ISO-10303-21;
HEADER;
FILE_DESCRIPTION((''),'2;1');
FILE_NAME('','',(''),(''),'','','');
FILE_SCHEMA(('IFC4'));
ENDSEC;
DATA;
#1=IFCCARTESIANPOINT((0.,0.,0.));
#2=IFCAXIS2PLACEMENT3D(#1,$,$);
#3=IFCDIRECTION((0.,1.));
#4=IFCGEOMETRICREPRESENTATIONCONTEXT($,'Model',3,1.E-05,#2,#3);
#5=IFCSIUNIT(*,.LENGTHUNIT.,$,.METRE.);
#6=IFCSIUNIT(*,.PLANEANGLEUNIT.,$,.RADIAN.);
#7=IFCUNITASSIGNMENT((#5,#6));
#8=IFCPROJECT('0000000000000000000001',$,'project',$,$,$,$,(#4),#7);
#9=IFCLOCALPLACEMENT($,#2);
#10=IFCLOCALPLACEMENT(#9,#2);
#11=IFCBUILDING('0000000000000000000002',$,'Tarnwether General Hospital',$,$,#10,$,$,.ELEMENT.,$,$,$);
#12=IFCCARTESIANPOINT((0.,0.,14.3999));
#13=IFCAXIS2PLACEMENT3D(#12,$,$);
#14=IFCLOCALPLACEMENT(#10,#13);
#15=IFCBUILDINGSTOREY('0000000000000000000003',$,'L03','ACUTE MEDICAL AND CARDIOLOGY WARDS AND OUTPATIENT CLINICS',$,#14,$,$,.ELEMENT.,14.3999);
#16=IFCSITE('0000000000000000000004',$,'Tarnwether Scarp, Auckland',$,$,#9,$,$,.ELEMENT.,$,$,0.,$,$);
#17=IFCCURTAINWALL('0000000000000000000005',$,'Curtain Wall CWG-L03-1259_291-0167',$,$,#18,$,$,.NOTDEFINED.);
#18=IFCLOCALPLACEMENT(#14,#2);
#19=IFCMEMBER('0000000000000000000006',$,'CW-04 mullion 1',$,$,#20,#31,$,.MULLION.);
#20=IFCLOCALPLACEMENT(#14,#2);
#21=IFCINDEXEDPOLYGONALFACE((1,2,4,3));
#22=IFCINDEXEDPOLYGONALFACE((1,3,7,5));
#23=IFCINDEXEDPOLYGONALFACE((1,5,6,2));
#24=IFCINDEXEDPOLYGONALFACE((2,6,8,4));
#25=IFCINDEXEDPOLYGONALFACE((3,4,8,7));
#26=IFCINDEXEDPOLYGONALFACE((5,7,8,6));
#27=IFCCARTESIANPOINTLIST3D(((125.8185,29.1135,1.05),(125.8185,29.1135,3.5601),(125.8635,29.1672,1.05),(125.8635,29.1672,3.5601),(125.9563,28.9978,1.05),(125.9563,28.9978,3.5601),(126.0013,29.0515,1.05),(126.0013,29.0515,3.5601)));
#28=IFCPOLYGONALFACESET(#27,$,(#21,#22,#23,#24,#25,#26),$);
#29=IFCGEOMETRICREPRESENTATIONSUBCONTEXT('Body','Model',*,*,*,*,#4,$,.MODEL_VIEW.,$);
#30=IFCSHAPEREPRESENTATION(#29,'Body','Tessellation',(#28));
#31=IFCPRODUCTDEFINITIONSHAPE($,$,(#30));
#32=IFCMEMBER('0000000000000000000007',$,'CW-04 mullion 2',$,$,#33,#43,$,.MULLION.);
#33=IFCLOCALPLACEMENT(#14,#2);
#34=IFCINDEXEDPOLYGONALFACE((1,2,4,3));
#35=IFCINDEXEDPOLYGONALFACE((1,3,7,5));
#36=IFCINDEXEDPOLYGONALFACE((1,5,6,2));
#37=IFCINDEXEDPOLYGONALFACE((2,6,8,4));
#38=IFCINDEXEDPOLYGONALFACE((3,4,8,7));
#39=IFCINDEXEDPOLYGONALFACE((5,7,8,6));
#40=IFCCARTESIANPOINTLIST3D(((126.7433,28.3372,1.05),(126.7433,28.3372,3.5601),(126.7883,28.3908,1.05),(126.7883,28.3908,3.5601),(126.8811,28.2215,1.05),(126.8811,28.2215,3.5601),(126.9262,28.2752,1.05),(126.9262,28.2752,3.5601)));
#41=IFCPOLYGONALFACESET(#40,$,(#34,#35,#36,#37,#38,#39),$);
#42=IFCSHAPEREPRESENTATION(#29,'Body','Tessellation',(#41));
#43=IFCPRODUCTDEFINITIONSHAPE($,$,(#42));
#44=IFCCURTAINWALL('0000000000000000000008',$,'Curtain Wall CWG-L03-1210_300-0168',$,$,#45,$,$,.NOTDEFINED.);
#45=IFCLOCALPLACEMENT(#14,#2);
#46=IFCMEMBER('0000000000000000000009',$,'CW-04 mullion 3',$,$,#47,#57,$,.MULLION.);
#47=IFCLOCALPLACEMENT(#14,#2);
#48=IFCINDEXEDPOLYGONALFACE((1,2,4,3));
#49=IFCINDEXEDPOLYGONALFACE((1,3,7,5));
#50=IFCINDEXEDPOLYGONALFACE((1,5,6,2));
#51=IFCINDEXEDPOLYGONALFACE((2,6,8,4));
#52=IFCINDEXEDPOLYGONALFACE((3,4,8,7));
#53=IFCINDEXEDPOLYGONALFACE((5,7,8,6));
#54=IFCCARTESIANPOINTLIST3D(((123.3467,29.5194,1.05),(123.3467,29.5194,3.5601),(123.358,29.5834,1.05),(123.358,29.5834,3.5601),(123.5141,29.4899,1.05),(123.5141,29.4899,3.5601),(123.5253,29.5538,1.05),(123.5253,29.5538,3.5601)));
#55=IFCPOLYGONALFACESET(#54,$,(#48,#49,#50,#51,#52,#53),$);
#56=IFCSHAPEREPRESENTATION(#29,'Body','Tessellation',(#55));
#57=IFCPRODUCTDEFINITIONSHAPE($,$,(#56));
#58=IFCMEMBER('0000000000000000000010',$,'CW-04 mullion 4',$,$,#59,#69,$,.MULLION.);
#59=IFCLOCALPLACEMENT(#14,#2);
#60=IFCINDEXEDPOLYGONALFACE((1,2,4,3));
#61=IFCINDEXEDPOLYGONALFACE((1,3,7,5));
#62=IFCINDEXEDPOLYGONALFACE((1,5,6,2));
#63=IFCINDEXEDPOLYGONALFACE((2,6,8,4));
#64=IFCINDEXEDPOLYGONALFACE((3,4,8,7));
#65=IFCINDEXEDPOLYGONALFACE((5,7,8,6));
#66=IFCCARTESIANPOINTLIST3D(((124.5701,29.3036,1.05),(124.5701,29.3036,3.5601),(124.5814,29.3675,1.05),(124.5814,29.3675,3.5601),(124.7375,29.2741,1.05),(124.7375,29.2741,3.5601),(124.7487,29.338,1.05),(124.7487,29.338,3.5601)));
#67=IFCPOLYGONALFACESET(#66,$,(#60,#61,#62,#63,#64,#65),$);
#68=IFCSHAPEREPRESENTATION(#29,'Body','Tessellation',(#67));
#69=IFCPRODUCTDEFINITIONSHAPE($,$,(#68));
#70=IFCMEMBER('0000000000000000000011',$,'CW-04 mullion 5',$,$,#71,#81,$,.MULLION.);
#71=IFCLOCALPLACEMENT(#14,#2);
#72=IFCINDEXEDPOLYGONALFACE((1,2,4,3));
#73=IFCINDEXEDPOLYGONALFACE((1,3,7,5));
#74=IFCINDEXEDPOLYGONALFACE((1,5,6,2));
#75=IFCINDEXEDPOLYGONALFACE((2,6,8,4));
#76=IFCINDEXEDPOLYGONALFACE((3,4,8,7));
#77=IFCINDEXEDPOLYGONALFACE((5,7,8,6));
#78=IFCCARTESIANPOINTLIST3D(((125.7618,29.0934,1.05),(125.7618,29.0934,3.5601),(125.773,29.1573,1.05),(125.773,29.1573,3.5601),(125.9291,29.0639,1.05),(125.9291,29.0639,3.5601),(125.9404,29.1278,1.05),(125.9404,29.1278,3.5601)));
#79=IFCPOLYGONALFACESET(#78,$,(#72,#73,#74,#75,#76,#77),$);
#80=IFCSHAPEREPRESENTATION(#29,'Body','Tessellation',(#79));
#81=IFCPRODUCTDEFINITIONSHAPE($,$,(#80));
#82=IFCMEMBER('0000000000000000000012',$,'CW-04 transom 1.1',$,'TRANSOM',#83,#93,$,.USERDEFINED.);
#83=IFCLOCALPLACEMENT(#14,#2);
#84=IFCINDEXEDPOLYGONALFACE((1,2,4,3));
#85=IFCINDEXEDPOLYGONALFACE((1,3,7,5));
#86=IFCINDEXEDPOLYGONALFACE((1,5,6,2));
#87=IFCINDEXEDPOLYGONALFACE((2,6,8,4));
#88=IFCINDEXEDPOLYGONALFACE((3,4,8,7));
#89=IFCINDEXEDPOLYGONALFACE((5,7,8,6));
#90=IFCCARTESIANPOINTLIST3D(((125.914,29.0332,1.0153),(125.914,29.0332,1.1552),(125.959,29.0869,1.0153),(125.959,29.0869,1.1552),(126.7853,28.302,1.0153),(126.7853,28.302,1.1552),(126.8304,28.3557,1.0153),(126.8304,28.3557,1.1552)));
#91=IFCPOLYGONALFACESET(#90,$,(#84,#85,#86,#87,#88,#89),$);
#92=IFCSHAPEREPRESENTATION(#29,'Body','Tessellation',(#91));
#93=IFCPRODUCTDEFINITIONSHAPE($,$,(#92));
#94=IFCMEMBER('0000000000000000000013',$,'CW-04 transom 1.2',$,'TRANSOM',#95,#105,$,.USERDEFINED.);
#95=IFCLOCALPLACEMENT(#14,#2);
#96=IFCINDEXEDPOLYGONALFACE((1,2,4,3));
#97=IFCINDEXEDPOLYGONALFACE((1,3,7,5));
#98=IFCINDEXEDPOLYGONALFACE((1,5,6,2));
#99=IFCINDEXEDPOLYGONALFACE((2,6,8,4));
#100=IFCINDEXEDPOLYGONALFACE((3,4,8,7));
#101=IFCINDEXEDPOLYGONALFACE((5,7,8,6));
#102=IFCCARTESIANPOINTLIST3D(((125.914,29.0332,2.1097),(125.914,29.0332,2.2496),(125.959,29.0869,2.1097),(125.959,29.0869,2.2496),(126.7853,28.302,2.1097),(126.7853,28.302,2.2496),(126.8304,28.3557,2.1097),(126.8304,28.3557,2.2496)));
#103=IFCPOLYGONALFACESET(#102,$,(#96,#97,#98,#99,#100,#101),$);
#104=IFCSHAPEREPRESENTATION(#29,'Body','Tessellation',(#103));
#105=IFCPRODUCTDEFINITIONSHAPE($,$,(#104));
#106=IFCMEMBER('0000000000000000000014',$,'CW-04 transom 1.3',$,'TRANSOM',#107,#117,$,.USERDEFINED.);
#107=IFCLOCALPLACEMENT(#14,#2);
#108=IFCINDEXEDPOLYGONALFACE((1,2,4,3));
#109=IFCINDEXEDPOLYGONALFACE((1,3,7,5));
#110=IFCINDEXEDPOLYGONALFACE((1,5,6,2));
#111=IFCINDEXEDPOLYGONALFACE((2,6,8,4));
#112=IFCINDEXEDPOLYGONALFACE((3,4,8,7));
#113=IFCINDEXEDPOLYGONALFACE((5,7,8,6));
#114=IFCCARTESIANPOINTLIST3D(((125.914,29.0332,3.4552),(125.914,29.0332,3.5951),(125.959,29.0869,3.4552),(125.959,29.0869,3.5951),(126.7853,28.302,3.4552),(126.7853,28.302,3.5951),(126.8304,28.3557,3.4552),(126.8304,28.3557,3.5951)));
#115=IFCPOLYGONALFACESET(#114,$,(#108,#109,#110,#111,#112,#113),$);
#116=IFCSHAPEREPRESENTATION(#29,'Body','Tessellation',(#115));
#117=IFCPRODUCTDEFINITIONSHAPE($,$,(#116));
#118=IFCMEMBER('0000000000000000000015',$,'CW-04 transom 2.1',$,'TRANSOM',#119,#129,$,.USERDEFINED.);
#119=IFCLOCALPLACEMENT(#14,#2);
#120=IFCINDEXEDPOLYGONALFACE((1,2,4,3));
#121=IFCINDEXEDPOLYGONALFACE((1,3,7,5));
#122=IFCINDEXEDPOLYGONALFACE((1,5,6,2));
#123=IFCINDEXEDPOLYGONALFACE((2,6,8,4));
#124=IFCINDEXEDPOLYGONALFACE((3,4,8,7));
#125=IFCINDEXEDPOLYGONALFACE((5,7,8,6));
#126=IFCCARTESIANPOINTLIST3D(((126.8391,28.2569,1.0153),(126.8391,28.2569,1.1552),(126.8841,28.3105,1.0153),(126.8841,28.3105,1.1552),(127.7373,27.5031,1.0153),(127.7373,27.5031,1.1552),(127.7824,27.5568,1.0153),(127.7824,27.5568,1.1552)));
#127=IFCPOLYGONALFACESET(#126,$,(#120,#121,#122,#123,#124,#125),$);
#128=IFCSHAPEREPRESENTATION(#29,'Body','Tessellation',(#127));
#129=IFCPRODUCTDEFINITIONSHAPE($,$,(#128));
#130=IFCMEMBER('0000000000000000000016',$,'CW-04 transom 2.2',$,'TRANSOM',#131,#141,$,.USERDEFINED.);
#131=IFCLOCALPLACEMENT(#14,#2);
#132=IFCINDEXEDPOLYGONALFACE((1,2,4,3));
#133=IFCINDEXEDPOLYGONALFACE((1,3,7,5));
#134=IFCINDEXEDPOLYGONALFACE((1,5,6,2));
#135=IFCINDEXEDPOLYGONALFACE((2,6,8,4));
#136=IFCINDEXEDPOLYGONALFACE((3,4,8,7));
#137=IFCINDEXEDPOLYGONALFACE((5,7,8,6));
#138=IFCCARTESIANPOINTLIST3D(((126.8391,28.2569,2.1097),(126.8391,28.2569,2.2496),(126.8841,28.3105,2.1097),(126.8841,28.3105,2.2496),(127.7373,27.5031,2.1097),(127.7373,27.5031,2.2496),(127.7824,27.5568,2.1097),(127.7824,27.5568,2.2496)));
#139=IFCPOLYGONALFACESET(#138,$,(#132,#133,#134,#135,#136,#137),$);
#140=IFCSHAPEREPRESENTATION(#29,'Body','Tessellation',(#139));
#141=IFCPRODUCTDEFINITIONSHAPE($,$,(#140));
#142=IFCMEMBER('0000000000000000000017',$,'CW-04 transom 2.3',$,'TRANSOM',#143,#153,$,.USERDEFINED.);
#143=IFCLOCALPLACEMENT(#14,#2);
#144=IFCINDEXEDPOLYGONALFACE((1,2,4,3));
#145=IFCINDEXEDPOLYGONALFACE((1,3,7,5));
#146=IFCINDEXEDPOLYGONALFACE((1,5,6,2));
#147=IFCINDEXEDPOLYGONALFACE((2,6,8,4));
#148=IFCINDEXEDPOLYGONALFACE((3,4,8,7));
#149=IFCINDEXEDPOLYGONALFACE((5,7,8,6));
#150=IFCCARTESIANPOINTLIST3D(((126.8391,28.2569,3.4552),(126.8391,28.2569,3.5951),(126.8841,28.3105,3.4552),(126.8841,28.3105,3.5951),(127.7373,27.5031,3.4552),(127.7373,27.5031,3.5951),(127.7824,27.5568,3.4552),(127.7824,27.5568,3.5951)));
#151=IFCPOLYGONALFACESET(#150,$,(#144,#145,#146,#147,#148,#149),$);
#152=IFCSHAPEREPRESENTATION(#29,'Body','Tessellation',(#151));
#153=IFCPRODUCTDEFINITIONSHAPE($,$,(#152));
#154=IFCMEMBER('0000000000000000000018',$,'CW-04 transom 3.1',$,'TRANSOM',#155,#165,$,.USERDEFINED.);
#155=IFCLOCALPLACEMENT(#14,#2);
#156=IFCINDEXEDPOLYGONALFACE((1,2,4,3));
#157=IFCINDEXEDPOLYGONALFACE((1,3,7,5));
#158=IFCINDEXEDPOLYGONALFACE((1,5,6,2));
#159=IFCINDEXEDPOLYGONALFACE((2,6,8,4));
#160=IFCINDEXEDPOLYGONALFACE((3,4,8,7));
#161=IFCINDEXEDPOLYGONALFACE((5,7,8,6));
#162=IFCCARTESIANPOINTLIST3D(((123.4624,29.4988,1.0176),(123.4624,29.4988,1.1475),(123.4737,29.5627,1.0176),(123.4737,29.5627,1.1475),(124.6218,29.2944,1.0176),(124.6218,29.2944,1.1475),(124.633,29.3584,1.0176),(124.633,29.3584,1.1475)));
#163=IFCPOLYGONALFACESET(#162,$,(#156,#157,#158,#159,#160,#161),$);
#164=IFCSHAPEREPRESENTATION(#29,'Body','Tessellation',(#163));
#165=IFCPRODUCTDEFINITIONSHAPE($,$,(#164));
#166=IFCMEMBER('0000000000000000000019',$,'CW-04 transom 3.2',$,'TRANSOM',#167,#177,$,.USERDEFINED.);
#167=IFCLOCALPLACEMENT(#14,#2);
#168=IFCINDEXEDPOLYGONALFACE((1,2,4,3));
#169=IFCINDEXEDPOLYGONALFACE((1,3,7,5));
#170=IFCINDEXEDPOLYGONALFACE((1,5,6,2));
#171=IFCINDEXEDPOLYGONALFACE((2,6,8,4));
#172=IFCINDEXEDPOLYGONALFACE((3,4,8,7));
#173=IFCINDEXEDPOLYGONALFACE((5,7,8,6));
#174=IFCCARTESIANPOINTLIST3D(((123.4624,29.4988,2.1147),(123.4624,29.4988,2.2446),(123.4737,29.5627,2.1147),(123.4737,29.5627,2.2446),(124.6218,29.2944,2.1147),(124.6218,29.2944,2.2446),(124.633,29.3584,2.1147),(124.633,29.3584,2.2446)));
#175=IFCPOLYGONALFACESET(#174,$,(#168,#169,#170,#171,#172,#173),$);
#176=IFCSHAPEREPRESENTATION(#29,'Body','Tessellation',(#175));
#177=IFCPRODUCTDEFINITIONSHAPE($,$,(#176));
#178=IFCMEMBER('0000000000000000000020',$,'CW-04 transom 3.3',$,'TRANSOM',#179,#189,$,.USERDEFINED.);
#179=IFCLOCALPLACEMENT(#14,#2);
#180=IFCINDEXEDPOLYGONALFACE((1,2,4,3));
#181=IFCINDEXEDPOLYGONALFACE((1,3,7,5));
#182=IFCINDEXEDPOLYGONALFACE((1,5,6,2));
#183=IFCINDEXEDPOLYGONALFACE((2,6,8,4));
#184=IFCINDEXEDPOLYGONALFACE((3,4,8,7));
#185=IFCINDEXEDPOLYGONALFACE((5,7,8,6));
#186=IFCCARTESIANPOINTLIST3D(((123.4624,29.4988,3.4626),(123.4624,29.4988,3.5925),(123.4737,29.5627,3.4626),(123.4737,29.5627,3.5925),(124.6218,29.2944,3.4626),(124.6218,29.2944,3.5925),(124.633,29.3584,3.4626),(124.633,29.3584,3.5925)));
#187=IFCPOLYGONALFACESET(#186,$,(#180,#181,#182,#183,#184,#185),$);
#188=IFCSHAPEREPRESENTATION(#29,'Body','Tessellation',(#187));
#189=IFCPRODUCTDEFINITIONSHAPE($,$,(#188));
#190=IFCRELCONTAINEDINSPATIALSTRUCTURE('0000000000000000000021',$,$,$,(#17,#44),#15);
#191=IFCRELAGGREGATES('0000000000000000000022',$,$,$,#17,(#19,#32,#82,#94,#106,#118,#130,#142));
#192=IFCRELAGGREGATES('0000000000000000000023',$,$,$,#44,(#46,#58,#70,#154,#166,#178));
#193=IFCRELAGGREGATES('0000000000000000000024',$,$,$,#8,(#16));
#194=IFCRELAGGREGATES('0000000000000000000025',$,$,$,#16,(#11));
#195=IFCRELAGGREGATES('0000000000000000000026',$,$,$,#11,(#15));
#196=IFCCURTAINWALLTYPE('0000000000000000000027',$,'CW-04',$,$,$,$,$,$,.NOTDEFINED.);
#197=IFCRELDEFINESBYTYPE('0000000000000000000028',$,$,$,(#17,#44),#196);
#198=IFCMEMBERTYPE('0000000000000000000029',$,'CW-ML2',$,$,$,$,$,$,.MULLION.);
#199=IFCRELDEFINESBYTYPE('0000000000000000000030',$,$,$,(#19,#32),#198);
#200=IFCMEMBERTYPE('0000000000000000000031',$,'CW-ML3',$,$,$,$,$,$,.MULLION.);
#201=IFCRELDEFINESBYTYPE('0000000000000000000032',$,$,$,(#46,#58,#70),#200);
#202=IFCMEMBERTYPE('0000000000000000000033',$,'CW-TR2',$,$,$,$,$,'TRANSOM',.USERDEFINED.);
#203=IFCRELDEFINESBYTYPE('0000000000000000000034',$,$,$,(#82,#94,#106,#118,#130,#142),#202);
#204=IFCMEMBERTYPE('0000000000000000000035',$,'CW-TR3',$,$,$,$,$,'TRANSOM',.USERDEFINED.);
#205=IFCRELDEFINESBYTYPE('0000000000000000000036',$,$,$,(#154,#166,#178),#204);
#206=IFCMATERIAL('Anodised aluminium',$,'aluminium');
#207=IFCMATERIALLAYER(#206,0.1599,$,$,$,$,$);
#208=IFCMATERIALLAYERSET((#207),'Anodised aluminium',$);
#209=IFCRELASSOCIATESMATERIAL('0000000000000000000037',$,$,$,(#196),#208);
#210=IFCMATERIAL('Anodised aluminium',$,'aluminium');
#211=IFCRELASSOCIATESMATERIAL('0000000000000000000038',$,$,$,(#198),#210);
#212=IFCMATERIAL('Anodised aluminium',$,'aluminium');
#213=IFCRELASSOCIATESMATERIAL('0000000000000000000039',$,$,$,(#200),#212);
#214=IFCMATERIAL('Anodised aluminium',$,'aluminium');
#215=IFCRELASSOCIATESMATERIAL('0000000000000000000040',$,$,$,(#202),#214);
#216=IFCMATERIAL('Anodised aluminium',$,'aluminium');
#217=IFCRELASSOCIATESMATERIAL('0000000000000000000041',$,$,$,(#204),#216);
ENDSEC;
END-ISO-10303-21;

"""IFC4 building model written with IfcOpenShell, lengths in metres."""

from ifc_helpers import new_model, si_unit, direction, frame, origin, origin_2d, place, context, subcontext, project, spatial, rectangle, extrude, material, layer, layer_set, material_profile, profile_set, type_object, element, aggregate, save


model = new_model("IFC4")

# Units and contexts
model_context = context("Model", 3, precision=1e-05, world=origin(), true_north=direction((0.0, 1.0)))
body_context = subcontext(model_context, "Body", "Model", "MODEL_VIEW")
ifc_project = project(units=[si_unit("LENGTHUNIT", "METRE"), si_unit("PLANEANGLEUNIT", "RADIAN")], contexts=[model_context])

# Site, building, storey
site_placement = place(None, origin())
site = spatial("IfcSite", under=ifc_project, at=site_placement, Name="Tarnwether Scarp, Auckland", CompositionType="ELEMENT", RefElevation=0.0)
building_placement = place(site_placement, origin())
building = spatial("IfcBuilding", under=site, at=building_placement, Name="Tarnwether General Hospital", CompositionType="ELEMENT")
storey_placement = place(building_placement, frame((0.0, 0.0, 14.3999)))
storey = spatial("IfcBuildingStorey", under=building, at=storey_placement, Name="L03", Description="ACUTE MEDICAL AND CARDIOLOGY WARDS AND OUTPATIENT CLINICS", CompositionType="ELEMENT", Elevation=14.3999)

# Curtain walls, members
ifc_material_1 = material(Name="Anodised aluminium", Category="aluminium")
ifc_layer_1 = layer(ifc_material_1, 0.1599)
ifc_layer_set_1 = layer_set([ifc_layer_1], Name="Anodised aluminium")
curtain_wall_type = type_object("IfcCurtainWallType", Name="CW-04", PredefinedType="NOTDEFINED", material=ifc_layer_set_1)
curtain_wall_1_placement = place(storey_placement, origin())
curtain_wall_1 = element("IfcCurtainWall", 1, at=curtain_wall_1_placement, inside=storey, type_object=curtain_wall_type, Name="Curtain Wall CWG-L03-1259_291-0167", PredefinedType="NOTDEFINED")
ifc_material_2 = material(Name="Anodised aluminium", Category="aluminium")
ifc_material_profile_1 = material_profile(ifc_material_2, rectangle(XDim=0.0701, YDim=0.1799, at=origin_2d()), Name="ALU-MUL-70x180")
ifc_profile_set_1 = profile_set([ifc_material_profile_1], Name="Anodised aluminium")
member_type_1 = type_object("IfcMemberType", Name="CW-ML2", PredefinedType="MULLION", material=ifc_profile_set_1)
member_1_placement = place(storey_placement, frame((125.9099, 29.0825, 1.05), z_axis=(0.0, 0.0, 1.0), x_axis=(0.642852, 0.76599, 0.0)))
member_1 = element("IfcMember", 2, at=member_1_placement, type_object=member_type_1, Name="CW-04 mullion 1", PredefinedType="MULLION", context=body_context, shape_type="SweptSolid", body=[
    extrude(rectangle(XDim=0.0701, YDim=0.1799, at=origin_2d()), origin(), (0.0, 0.0, 1.0), 2.51),
])
member_2_placement = place(storey_placement, frame((126.8347, 28.3062, 1.05), z_axis=(0.0, 0.0, 1.0), x_axis=(0.642852, 0.76599, 0.0)))
member_2 = element("IfcMember", 3, at=member_2_placement, type_object=member_type_1, Name="CW-04 mullion 2", PredefinedType="MULLION", context=body_context, shape_type="SweptSolid", body=[
    extrude(rectangle(XDim=0.0701, YDim=0.1799, at=origin_2d()), origin(), (0.0, 0.0, 1.0), 2.51),
])
curtain_wall_2_placement = place(storey_placement, origin())
curtain_wall_2 = element("IfcCurtainWall", 4, at=curtain_wall_2_placement, inside=storey, type_object=curtain_wall_type, Name="Curtain Wall CWG-L03-1210_300-0168", PredefinedType="NOTDEFINED")
ifc_material_3 = material(Name="Anodised aluminium", Category="aluminium")
ifc_material_profile_2 = material_profile(ifc_material_3, rectangle(XDim=0.0649, YDim=0.1699, at=origin_2d()), Name="ALU-MUL-65x170")
ifc_profile_set_2 = profile_set([ifc_material_profile_2], Name="Anodised aluminium")
member_type_2 = type_object("IfcMemberType", Name="CW-ML3", PredefinedType="MULLION", material=ifc_profile_set_2)
member_3_placement = place(storey_placement, frame((123.436, 29.5366, 1.05), z_axis=(0.0, 0.0, 1.0), x_axis=(0.173659, 0.984806, 0.0)))
member_3 = element("IfcMember", 5, at=member_3_placement, type_object=member_type_2, Name="CW-04 mullion 3", PredefinedType="MULLION", context=body_context, shape_type="SweptSolid", body=[
    extrude(rectangle(XDim=0.0649, YDim=0.1699, at=origin_2d()), origin(), (0.0, 0.0, 1.0), 2.51),
])
member_4_placement = place(storey_placement, frame((124.6594, 29.3208, 1.05), z_axis=(0.0, 0.0, 1.0), x_axis=(0.173659, 0.984806, 0.0)))
member_4 = element("IfcMember", 6, at=member_4_placement, type_object=member_type_2, Name="CW-04 mullion 4", PredefinedType="MULLION", context=body_context, shape_type="SweptSolid", body=[
    extrude(rectangle(XDim=0.0649, YDim=0.1699, at=origin_2d()), origin(), (0.0, 0.0, 1.0), 2.51),
])
member_5_placement = place(storey_placement, frame((125.8511, 29.1106, 1.05), z_axis=(0.0, 0.0, 1.0), x_axis=(0.173659, 0.984806, 0.0)))
member_5 = element("IfcMember", 7, at=member_5_placement, type_object=member_type_2, Name="CW-04 mullion 5", PredefinedType="MULLION", context=body_context, shape_type="SweptSolid", body=[
    extrude(rectangle(XDim=0.0649, YDim=0.1699, at=origin_2d()), origin(), (0.0, 0.0, 1.0), 2.51),
])

# Members
ifc_material_4 = material(Name="Anodised aluminium", Category="aluminium")
ifc_material_profile_3 = material_profile(ifc_material_4, rectangle(XDim=0.0701, YDim=0.1399, at=origin_2d()), Name="ALU-TRN-70x140")
ifc_profile_set_3 = profile_set([ifc_material_profile_3], Name="Anodised aluminium")
member_type_3 = type_object("IfcMemberType", Name="CW-TR2", ElementType="TRANSOM", PredefinedType="USERDEFINED", material=ifc_profile_set_3)
member_6_placement = place(storey_placement, frame((125.9365, 29.0601, 1.0852), z_axis=(0.766018, -0.64282, 0.0), x_axis=(0.64282, 0.766018, 0.0)))
member_6 = element("IfcMember", 8, at=member_6_placement, type_object=member_type_3, Name="CW-04 transom 1.1", ObjectType="TRANSOM", PredefinedType="USERDEFINED", context=body_context, shape_type="SweptSolid", body=[
    extrude(rectangle(XDim=0.0701, YDim=0.1399, at=origin_2d()), origin(), (0.0, 0.0, 1.0), 1.1375),
])
member_7_placement = place(storey_placement, frame((125.9365, 29.0601, 2.1797), z_axis=(0.766018, -0.64282, 0.0), x_axis=(0.64282, 0.766018, 0.0)))
member_7 = element("IfcMember", 9, at=member_7_placement, type_object=member_type_3, Name="CW-04 transom 1.2", ObjectType="TRANSOM", PredefinedType="USERDEFINED", context=body_context, shape_type="SweptSolid", body=[
    extrude(rectangle(XDim=0.0701, YDim=0.1399, at=origin_2d()), origin(), (0.0, 0.0, 1.0), 1.1375),
])
member_8_placement = place(storey_placement, frame((125.9365, 29.0601, 3.5251), z_axis=(0.766018, -0.64282, 0.0), x_axis=(0.64282, 0.766018, 0.0)))
member_8 = element("IfcMember", 10, at=member_8_placement, type_object=member_type_3, Name="CW-04 transom 1.3", ObjectType="TRANSOM", PredefinedType="USERDEFINED", context=body_context, shape_type="SweptSolid", body=[
    extrude(rectangle(XDim=0.0701, YDim=0.1399, at=origin_2d()), origin(), (0.0, 0.0, 1.0), 1.1375),
])
member_9_placement = place(storey_placement, frame((126.8616, 28.2837, 1.0852), z_axis=(0.766049, -0.642782, 0.0), x_axis=(0.642782, 0.766049, 0.0)))
member_9 = element("IfcMember", 11, at=member_9_placement, type_object=member_type_3, Name="CW-04 transom 2.1", ObjectType="TRANSOM", PredefinedType="USERDEFINED", context=body_context, shape_type="SweptSolid", body=[
    extrude(rectangle(XDim=0.0701, YDim=0.1399, at=origin_2d()), origin(), (0.0, 0.0, 1.0), 1.1726),
])
member_10_placement = place(storey_placement, frame((126.8616, 28.2837, 2.1797), z_axis=(0.766049, -0.642782, 0.0), x_axis=(0.642782, 0.766049, 0.0)))
member_10 = element("IfcMember", 12, at=member_10_placement, type_object=member_type_3, Name="CW-04 transom 2.2", ObjectType="TRANSOM", PredefinedType="USERDEFINED", context=body_context, shape_type="SweptSolid", body=[
    extrude(rectangle(XDim=0.0701, YDim=0.1399, at=origin_2d()), origin(), (0.0, 0.0, 1.0), 1.1726),
])
member_11_placement = place(storey_placement, frame((126.8616, 28.2837, 3.5251), z_axis=(0.766049, -0.642782, 0.0), x_axis=(0.642782, 0.766049, 0.0)))
member_11 = element("IfcMember", 13, at=member_11_placement, type_object=member_type_3, Name="CW-04 transom 2.3", ObjectType="TRANSOM", PredefinedType="USERDEFINED", context=body_context, shape_type="SweptSolid", body=[
    extrude(rectangle(XDim=0.0701, YDim=0.1399, at=origin_2d()), origin(), (0.0, 0.0, 1.0), 1.1726),
])
ifc_material_5 = material(Name="Anodised aluminium", Category="aluminium")
ifc_material_profile_4 = material_profile(ifc_material_5, rectangle(XDim=0.0649, YDim=0.1299, at=origin_2d()), Name="ALU-TRN-65x130")
ifc_profile_set_4 = profile_set([ifc_material_profile_4], Name="Anodised aluminium")
member_type_4 = type_object("IfcMemberType", Name="CW-TR3", ElementType="TRANSOM", PredefinedType="USERDEFINED", material=ifc_profile_set_4)
member_12_placement = place(storey_placement, frame((123.468, 29.5308, 1.0825), z_axis=(0.984821, -0.173572, 0.0), x_axis=(0.173572, 0.984821, 0.0)))
member_12 = element("IfcMember", 14, at=member_12_placement, type_object=member_type_4, Name="CW-04 transom 3.1", ObjectType="TRANSOM", PredefinedType="USERDEFINED", context=body_context, shape_type="SweptSolid", body=[
    extrude(rectangle(XDim=0.0649, YDim=0.1299, at=origin_2d()), origin(), (0.0, 0.0, 1.0), 1.1772),
])
member_13_placement = place(storey_placement, frame((123.468, 29.5308, 2.1797), z_axis=(0.984821, -0.173572, 0.0), x_axis=(0.173572, 0.984821, 0.0)))
member_13 = element("IfcMember", 15, at=member_13_placement, type_object=member_type_4, Name="CW-04 transom 3.2", ObjectType="TRANSOM", PredefinedType="USERDEFINED", context=body_context, shape_type="SweptSolid", body=[
    extrude(rectangle(XDim=0.0649, YDim=0.1299, at=origin_2d()), origin(), (0.0, 0.0, 1.0), 1.1772),
])
member_14_placement = place(storey_placement, frame((123.468, 29.5308, 3.5276), z_axis=(0.984821, -0.173572, 0.0), x_axis=(0.173572, 0.984821, 0.0)))
member_14 = element("IfcMember", 16, at=member_14_placement, type_object=member_type_4, Name="CW-04 transom 3.3", ObjectType="TRANSOM", PredefinedType="USERDEFINED", context=body_context, shape_type="SweptSolid", body=[
    extrude(rectangle(XDim=0.0649, YDim=0.1299, at=origin_2d()), origin(), (0.0, 0.0, 1.0), 1.1772),
])

aggregate(curtain_wall_1, [member_1, member_2, member_6, member_7, member_8, member_9, member_10, member_11])
aggregate(curtain_wall_2, [member_3, member_4, member_5, member_12, member_13, member_14])

save(model, "model.ifc")
